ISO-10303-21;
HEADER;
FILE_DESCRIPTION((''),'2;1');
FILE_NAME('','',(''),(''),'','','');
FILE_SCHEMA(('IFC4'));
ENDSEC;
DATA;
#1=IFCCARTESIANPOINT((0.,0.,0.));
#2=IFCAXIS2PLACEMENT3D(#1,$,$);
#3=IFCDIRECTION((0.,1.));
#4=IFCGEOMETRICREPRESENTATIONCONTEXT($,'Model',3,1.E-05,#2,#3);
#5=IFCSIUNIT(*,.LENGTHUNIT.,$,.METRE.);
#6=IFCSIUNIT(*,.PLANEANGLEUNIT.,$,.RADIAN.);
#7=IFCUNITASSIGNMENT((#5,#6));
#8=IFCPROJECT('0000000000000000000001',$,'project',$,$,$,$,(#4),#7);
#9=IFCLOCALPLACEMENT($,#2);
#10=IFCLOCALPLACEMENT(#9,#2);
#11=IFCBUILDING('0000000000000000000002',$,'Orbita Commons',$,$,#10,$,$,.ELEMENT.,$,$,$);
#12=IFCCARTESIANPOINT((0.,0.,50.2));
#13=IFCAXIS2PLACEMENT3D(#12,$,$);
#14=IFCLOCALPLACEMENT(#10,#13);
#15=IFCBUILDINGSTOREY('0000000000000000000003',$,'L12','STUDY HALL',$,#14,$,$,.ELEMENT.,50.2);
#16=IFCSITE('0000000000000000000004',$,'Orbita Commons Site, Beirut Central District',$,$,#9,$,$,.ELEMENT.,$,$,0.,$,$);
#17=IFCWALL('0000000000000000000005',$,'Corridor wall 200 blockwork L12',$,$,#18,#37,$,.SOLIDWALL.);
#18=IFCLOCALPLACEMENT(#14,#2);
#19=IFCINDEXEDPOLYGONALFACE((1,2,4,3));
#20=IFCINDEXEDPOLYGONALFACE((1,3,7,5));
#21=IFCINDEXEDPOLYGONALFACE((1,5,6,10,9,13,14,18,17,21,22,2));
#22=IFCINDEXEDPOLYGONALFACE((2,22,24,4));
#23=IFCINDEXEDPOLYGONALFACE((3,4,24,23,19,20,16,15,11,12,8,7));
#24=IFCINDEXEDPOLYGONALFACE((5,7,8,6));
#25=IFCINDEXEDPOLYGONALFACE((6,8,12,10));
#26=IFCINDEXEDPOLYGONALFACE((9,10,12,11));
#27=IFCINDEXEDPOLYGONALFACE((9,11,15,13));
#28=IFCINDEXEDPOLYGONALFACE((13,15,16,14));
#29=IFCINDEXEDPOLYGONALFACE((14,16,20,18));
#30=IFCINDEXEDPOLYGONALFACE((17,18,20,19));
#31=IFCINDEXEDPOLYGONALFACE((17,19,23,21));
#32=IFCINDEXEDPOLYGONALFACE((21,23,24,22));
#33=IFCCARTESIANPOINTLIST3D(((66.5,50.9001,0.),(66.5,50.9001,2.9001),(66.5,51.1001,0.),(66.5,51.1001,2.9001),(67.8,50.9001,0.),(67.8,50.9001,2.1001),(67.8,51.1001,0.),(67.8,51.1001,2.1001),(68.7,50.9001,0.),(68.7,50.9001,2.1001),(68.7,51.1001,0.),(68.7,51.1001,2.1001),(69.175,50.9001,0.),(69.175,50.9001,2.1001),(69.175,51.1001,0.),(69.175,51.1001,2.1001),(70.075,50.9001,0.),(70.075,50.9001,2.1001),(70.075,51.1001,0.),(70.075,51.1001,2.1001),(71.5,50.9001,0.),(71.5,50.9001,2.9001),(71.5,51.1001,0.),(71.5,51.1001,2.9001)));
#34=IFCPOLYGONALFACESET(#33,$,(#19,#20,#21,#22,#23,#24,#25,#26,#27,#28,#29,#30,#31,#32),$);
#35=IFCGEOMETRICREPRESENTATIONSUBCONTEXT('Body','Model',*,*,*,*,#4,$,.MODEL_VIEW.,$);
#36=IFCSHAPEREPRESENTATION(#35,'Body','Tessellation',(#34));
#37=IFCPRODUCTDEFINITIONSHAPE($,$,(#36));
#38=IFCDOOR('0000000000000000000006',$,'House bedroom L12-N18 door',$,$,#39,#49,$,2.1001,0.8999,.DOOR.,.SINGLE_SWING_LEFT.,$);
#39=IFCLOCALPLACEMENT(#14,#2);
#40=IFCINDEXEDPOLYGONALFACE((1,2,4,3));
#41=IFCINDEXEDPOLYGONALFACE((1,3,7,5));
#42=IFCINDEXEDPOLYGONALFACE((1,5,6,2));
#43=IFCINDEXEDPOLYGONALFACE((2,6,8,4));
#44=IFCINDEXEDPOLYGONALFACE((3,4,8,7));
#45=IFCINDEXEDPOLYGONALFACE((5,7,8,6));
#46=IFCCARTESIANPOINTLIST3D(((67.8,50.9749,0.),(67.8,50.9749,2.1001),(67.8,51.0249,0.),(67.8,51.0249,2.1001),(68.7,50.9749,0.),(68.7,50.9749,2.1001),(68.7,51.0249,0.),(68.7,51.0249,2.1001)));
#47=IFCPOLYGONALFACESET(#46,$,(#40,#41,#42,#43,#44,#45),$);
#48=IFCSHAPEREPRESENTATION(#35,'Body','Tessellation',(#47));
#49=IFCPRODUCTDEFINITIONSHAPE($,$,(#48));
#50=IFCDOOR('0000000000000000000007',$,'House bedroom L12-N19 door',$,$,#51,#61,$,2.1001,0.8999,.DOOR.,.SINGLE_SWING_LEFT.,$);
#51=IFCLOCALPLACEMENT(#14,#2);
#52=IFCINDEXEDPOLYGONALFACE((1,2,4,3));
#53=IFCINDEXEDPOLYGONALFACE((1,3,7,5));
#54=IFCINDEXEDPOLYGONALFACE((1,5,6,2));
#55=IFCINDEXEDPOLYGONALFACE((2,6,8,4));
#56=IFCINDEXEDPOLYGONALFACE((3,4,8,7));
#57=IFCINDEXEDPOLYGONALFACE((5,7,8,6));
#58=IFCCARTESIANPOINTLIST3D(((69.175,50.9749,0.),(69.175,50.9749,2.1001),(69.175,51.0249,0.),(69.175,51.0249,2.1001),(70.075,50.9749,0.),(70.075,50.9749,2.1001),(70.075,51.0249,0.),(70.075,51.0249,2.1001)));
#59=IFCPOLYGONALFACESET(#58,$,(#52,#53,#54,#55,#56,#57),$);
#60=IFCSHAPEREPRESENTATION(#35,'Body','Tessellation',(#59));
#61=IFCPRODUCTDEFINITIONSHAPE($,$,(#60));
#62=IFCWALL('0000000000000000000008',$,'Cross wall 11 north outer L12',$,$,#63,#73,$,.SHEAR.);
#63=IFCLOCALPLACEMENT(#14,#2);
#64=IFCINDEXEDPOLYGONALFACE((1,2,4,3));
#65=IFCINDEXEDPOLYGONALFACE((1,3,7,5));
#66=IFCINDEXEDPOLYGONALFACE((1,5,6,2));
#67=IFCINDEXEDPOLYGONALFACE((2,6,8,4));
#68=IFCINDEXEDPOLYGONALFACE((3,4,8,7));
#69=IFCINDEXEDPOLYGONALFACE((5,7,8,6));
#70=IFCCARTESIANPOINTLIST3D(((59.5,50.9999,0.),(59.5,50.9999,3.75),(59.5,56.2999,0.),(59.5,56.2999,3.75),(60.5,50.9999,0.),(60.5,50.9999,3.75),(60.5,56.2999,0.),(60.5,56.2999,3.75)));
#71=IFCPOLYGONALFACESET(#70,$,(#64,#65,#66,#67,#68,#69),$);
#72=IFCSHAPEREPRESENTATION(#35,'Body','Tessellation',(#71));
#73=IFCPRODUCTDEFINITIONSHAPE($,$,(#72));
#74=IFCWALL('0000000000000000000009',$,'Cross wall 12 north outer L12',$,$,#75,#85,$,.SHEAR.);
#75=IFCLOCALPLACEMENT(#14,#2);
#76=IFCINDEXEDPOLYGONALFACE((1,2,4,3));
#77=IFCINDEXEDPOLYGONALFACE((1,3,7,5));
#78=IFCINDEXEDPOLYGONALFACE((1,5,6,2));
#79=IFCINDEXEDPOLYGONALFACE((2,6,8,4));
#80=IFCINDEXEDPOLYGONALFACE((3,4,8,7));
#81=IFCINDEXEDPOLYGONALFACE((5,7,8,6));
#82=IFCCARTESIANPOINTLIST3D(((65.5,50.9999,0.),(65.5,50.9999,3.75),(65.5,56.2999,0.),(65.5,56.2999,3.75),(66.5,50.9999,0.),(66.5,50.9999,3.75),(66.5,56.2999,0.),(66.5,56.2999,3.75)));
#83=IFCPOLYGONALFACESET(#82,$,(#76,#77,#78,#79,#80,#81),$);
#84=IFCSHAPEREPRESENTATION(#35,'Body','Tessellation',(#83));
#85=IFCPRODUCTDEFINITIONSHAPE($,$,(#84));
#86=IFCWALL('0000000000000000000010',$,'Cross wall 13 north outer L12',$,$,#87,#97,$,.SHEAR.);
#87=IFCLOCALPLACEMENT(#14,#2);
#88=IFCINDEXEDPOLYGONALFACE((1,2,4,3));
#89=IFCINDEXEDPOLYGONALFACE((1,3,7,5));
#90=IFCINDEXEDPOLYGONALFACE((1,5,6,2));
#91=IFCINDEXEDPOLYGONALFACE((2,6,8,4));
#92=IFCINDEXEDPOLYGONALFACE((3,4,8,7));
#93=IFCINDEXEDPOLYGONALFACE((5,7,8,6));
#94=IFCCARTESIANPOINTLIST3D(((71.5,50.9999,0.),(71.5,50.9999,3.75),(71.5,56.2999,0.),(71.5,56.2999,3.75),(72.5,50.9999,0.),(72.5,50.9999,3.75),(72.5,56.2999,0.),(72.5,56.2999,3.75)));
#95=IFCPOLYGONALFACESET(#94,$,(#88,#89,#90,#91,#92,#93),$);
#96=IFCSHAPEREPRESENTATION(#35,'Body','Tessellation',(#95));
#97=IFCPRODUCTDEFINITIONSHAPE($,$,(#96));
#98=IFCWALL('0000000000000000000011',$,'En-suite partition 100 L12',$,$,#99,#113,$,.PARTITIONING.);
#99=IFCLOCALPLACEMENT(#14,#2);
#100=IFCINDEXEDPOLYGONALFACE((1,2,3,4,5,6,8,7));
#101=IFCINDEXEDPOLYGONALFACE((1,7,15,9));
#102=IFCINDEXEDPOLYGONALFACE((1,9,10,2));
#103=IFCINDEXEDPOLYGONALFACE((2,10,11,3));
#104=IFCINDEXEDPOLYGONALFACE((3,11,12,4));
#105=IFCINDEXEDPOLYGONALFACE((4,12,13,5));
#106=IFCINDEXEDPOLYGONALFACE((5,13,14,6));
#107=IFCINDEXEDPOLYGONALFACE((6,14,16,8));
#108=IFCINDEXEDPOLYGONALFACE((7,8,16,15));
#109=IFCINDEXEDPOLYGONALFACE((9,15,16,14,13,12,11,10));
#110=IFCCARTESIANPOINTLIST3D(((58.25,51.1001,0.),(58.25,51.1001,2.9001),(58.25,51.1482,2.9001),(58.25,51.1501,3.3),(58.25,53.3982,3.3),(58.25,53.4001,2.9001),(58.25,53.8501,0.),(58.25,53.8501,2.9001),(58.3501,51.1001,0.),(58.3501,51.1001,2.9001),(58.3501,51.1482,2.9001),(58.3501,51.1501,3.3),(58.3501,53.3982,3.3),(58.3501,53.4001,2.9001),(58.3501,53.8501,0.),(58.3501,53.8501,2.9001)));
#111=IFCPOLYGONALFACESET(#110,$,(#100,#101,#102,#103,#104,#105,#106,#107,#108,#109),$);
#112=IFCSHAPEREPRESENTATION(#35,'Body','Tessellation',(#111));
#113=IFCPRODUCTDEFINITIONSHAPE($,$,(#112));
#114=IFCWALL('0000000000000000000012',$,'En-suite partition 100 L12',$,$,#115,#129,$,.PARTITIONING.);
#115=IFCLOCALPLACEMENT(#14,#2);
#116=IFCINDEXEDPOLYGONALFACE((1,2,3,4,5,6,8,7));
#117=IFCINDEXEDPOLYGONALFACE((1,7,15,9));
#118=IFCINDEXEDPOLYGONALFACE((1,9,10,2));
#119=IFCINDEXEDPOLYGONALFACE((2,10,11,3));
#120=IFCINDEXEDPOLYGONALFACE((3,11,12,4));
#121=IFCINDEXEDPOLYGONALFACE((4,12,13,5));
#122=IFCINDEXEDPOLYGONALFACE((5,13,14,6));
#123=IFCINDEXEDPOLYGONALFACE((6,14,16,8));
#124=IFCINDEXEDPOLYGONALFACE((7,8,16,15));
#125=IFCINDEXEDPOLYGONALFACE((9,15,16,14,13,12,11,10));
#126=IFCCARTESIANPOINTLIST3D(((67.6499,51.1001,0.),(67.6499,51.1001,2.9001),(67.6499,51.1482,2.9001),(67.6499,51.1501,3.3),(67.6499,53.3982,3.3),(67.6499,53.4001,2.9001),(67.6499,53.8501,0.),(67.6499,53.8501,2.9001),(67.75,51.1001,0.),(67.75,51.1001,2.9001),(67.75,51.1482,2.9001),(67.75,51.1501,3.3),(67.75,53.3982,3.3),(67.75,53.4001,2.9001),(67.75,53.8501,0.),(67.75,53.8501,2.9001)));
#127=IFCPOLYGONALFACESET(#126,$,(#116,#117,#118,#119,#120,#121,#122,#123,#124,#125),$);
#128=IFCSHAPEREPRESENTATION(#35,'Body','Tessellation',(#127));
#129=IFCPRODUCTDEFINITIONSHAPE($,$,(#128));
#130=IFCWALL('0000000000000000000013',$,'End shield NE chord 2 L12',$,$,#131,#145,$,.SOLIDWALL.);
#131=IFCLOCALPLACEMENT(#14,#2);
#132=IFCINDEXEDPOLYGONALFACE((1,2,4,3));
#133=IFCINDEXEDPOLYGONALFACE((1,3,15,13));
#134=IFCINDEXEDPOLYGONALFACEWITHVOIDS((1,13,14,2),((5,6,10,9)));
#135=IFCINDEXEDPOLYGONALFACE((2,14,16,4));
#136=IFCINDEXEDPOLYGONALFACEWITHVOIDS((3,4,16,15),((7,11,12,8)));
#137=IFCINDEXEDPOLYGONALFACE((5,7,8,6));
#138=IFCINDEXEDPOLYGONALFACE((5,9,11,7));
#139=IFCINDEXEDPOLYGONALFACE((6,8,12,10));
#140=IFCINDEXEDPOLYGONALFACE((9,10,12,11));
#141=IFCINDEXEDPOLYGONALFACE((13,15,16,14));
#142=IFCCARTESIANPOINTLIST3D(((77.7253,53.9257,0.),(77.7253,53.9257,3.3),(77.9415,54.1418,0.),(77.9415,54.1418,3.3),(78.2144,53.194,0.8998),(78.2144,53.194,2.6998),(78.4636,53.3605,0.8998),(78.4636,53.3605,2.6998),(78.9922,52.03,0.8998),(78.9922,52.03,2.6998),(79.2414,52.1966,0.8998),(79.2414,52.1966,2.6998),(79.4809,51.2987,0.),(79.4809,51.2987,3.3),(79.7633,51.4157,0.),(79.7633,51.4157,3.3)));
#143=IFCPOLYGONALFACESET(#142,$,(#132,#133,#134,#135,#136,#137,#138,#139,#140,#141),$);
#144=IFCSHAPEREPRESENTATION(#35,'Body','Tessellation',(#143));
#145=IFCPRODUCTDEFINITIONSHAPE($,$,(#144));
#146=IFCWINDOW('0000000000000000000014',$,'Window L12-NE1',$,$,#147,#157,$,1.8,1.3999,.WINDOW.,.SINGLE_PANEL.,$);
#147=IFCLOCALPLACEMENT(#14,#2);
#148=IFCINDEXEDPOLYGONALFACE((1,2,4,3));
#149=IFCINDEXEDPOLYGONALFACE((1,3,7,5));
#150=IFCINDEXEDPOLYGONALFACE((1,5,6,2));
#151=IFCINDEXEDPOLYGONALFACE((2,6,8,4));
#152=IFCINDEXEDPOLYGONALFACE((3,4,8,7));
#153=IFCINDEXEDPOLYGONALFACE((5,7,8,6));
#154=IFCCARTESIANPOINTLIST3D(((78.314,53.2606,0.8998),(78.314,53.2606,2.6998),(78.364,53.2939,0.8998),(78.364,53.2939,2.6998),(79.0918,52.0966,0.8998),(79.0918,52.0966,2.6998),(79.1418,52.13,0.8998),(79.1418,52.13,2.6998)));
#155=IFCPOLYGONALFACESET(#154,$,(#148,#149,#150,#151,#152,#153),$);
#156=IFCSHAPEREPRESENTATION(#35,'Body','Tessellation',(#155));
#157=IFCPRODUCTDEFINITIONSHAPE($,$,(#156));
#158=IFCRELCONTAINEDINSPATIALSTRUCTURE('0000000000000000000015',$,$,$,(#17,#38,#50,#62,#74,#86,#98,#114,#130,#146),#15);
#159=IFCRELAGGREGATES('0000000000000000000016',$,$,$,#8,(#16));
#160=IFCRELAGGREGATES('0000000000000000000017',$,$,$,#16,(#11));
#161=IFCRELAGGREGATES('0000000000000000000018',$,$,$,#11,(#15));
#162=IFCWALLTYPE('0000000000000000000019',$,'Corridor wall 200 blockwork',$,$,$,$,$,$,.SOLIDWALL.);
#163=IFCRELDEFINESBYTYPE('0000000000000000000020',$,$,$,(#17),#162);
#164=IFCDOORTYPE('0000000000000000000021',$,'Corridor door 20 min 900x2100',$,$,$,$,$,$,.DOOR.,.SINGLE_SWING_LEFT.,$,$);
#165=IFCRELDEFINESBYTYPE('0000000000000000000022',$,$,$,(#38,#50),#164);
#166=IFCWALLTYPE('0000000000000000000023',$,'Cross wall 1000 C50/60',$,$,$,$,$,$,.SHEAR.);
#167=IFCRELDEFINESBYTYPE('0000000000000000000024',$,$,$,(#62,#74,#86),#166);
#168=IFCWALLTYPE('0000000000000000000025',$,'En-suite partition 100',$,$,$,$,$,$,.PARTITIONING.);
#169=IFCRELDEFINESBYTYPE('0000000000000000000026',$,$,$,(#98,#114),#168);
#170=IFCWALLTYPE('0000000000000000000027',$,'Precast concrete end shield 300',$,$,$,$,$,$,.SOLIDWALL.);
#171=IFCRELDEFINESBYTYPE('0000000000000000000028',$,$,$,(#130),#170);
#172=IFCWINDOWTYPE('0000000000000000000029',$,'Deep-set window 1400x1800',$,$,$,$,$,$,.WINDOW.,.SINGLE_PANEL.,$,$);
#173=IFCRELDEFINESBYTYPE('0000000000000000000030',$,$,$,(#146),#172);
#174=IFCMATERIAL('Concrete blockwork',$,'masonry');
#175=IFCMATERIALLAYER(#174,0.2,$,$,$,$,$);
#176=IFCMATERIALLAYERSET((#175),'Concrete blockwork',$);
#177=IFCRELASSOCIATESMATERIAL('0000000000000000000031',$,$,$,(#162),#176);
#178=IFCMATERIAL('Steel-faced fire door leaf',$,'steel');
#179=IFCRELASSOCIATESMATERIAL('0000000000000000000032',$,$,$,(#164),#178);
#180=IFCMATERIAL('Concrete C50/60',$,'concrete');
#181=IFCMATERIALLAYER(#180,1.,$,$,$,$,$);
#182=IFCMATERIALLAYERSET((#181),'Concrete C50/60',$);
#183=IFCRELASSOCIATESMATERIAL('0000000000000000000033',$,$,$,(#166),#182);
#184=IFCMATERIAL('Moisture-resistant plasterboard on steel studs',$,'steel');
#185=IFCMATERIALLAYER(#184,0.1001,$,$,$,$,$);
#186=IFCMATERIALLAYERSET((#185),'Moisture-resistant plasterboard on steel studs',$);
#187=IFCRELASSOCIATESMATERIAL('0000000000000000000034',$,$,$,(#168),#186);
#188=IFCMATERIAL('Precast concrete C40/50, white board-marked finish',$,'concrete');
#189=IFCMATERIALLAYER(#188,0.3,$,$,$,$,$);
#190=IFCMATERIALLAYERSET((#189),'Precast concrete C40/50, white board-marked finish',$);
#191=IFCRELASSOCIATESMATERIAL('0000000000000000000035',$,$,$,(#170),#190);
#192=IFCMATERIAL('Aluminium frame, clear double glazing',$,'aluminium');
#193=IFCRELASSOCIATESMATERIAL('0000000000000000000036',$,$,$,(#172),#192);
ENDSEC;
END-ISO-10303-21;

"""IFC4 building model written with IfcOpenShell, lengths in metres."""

from ifc_helpers import new_model, si_unit, direction, frame, frame_2d, origin, place, context, subcontext, project, spatial, polyline, rectangle, outline, extrude, material, layer, layer_set, type_object, element, fill, save


model = new_model("IFC4")

# Units and contexts
model_context = context("Model", 3, precision=1e-05, world=origin(), true_north=direction((0.0, 1.0)))
body_context = subcontext(model_context, "Body", "Model", "MODEL_VIEW")
ifc_project = project(units=[si_unit("LENGTHUNIT", "METRE"), si_unit("PLANEANGLEUNIT", "RADIAN")], contexts=[model_context])

# Site, building, storey
site_placement = place(None, origin())
site = spatial("IfcSite", under=ifc_project, at=site_placement, Name="Orbita Commons Site, Beirut Central District", CompositionType="ELEMENT", RefElevation=0.0)
building_placement = place(site_placement, origin())
building = spatial("IfcBuilding", under=site, at=building_placement, Name="Orbita Commons", CompositionType="ELEMENT")
storey_placement = place(building_placement, frame((0.0, 0.0, 50.2)))
storey = spatial("IfcBuildingStorey", under=building, at=storey_placement, Name="L12", Description="STUDY HALL", CompositionType="ELEMENT", Elevation=50.2)

# Shared definitions
ifc_material_1 = material(Name="Concrete blockwork", Category="masonry")
ifc_layer_1 = layer(ifc_material_1, 0.2)
ifc_layer_set_1 = layer_set([ifc_layer_1], Name="Concrete blockwork")
wall_type_1 = type_object("IfcWallType", Name="Corridor wall 200 blockwork", PredefinedType="SOLIDWALL", material=ifc_layer_set_1)

# Wall, openings, doors
wall_1_placement = place(storey_placement, frame((66.5, 51.0, 0.0), z_axis=(0.0, 0.0, 1.0), x_axis=(1.0, 0.0, 0.0)))
wall_1 = element("IfcWall", 1, at=wall_1_placement, inside=storey, type_object=wall_type_1, Name="Corridor wall 200 blockwork L12", PredefinedType="SOLIDWALL", context=body_context, shape_type="SweptSolid", body=[
    extrude(outline(polyline([(0.0, 0.0), (5.0, 0.0), (5.0, 2.9001), (0.0, 2.9001), (0.0, 0.0)])), frame((0.0, 0.1001, 0.0), z_axis=(0.0, -1.0, 0.0), x_axis=(1.0, 0.0, 0.0)), (0.0, 0.0, 1.0), 0.2),
])
opening_1_placement = place(wall_1_placement, frame((1.3, 0.0, 0.0)))
opening_1 = element("IfcOpeningElement", 2, at=opening_1_placement, cuts=wall_1, PredefinedType="OPENING", context=body_context, shape_type="SweptSolid", body=[
    extrude(rectangle(XDim=0.8999, YDim=2.1001, at=frame_2d((0.45, 1.05))), frame((0.0, 0.1099, 0.0), z_axis=(0.0, -1.0, 0.0), x_axis=(1.0, 0.0, 0.0)), (0.0, 0.0, 1.0), 0.22),
])
opening_2_placement = place(wall_1_placement, frame((2.675, 0.0, 0.0)))
opening_2 = element("IfcOpeningElement", 3, at=opening_2_placement, cuts=wall_1, PredefinedType="OPENING", context=body_context, shape_type="SweptSolid", body=[
    extrude(rectangle(XDim=0.8999, YDim=2.1001, at=frame_2d((0.45, 1.05))), frame((0.0, 0.1099, 0.0), z_axis=(0.0, -1.0, 0.0), x_axis=(1.0, 0.0, 0.0)), (0.0, 0.0, 1.0), 0.22),
])
ifc_material_2 = material(Name="Steel-faced fire door leaf", Category="steel")
door_type_1 = type_object("IfcDoorType", Name="Corridor door 20 min 900x2100", OperationType="SINGLE_SWING_LEFT", PredefinedType="DOOR", material=ifc_material_2)
door_1_placement = place(opening_1_placement, origin())
door_1 = element("IfcDoor", 4, at=door_1_placement, inside=storey, type_object=door_type_1, Name="House bedroom L12-N18 door", OperationType="SINGLE_SWING_LEFT", OverallHeight=2.1001, OverallWidth=0.8999, PredefinedType="DOOR", context=body_context, shape_type="SweptSolid", body=[
    extrude(rectangle(XDim=0.8999, YDim=2.1001, at=frame_2d((0.45, 1.05))), frame((0.0, 0.0249, 0.0), z_axis=(0.0, -1.0, 0.0), x_axis=(1.0, 0.0, 0.0)), (0.0, 0.0, 1.0), 0.05),
])
fill(opening_1, door_1)
door_2_placement = place(opening_2_placement, origin())
door_2 = element("IfcDoor", 5, at=door_2_placement, inside=storey, type_object=door_type_1, Name="House bedroom L12-N19 door", OperationType="SINGLE_SWING_LEFT", OverallHeight=2.1001, OverallWidth=0.8999, PredefinedType="DOOR", context=body_context, shape_type="SweptSolid", body=[
    extrude(rectangle(XDim=0.8999, YDim=2.1001, at=frame_2d((0.45, 1.05))), frame((0.0, 0.0249, 0.0), z_axis=(0.0, -1.0, 0.0), x_axis=(1.0, 0.0, 0.0)), (0.0, 0.0, 1.0), 0.05),
])
fill(opening_2, door_2)

# Walls
ifc_material_3 = material(Name="Concrete C50/60", Category="concrete")
ifc_layer_2 = layer(ifc_material_3, 1.0)
ifc_layer_set_2 = layer_set([ifc_layer_2], Name="Concrete C50/60")
wall_type_2 = type_object("IfcWallType", Name="Cross wall 1000 C50/60", PredefinedType="SHEAR", material=ifc_layer_set_2)
for number, where, z_axis, x_axis, name in (
    (6, (60.0, 51.0, 0.0), (0.0, 0.0, 1.0), (0.0, 1.0, 0.0), "Cross wall 11 north outer L12"),
    (7, (66.0, 51.0, 0.0), (0.0, 0.0, 1.0), (0.0, 1.0, 0.0), "Cross wall 12 north outer L12"),
    (8, (72.0, 51.0, 0.0), (0.0, 0.0, 1.0), (0.0, 1.0, 0.0), "Cross wall 13 north outer L12"),
):
    element("IfcWall", number, at=place(storey_placement, frame(where, z_axis=z_axis, x_axis=x_axis)), inside=storey, type_object=wall_type_2, Name=name, PredefinedType="SHEAR", context=body_context, shape_type="SweptSolid", body=[
        extrude(rectangle(XDim=5.3, YDim=1.0, at=frame_2d((2.6499, 0.0))), origin(), (0.0, 0.0, 1.0), 3.75),
    ])
ifc_material_4 = material(Name="Moisture-resistant plasterboard on steel studs", Category="steel")
ifc_layer_3 = layer(ifc_material_4, 0.1001)
ifc_layer_set_3 = layer_set([ifc_layer_3], Name="Moisture-resistant plasterboard on steel studs")
wall_type_3 = type_object("IfcWallType", Name="En-suite partition 100", PredefinedType="PARTITIONING", material=ifc_layer_set_3)
for number, where, z_axis, x_axis, name in (
    (9, (58.3, 53.8501, 0.0), (0.0, 0.0, 1.0), (0.0, -1.0, 0.0), "En-suite partition 100 L12"),
    (10, (67.7, 53.8501, 0.0), (0.0, 0.0, 1.0), (0.0, -1.0, 0.0), "En-suite partition 100 L12"),
):
    element("IfcWall", number, at=place(storey_placement, frame(where, z_axis=z_axis, x_axis=x_axis)), inside=storey, type_object=wall_type_3, Name=name, PredefinedType="PARTITIONING", context=body_context, shape_type="SweptSolid", body=[
        extrude(outline(polyline([(0.0, 0.0), (2.75, 0.0), (2.75, 2.9001), (2.7019, 2.9001), (2.7, 3.3), (0.4519, 3.3), (0.45, 2.9001), (0.0, 2.9001), (0.0, 0.0)])), frame((0.0, 0.05, 0.0), z_axis=(0.0, -1.0, 0.0), x_axis=(1.0, 0.0, 0.0)), (0.0, 0.0, 1.0), 0.1001),
    ])

# Wall, opening, window
ifc_material_5 = material(Name="Precast concrete C40/50, white board-marked finish", Category="concrete")
ifc_layer_4 = layer(ifc_material_5, 0.3)
ifc_layer_set_4 = layer_set([ifc_layer_4], Name="Precast concrete C40/50, white board-marked finish")
wall_type_4 = type_object("IfcWallType", Name="Precast concrete end shield 300", PredefinedType="SOLIDWALL", material=ifc_layer_set_4)
wall_2_placement = place(storey_placement, frame((79.6221, 51.3572, 0.0), z_axis=(0.0, 0.0, 1.0), x_axis=(-0.55561, 0.831443, 0.0)))
wall_2 = element("IfcWall", 11, at=wall_2_placement, inside=storey, type_object=wall_type_4, Name="End shield NE chord 2 L12", PredefinedType="SOLIDWALL", context=body_context, shape_type="SweptSolid", body=[
    extrude(outline(polyline([(-0.0298, -0.1499), (3.249, -0.1499), (3.1895, 0.1499), (0.0298, 0.1499), (-0.0298, -0.1499)])), origin(), (0.0, 0.0, 1.0), 3.3),
])
opening_3_placement = place(wall_2_placement, frame((0.9094, 0.0, 0.8999)))
opening_3 = element("IfcOpeningElement", 12, at=opening_3_placement, cuts=wall_2, PredefinedType="OPENING", context=body_context, shape_type="SweptSolid", body=[
    extrude(rectangle(XDim=1.3999, YDim=1.8, at=frame_2d((0.7, 0.8999))), frame((0.0, 0.1599, 0.0), z_axis=(0.0, -1.0, 0.0), x_axis=(1.0, 0.0, 0.0)), (0.0, 0.0, 1.0), 0.3201),
])
ifc_material_6 = material(Name="Aluminium frame, clear double glazing", Category="aluminium")
window_type = type_object("IfcWindowType", Name="Deep-set window 1400x1800", PartitioningType="SINGLE_PANEL", PredefinedType="WINDOW", material=ifc_material_6)
window_placement = place(opening_3_placement, origin())
window = element("IfcWindow", 13, at=window_placement, inside=storey, type_object=window_type, Name="Window L12-NE1", OverallHeight=1.8, OverallWidth=1.3999, PartitioningType="SINGLE_PANEL", PredefinedType="WINDOW", context=body_context, shape_type="SweptSolid", body=[
    extrude(rectangle(XDim=1.3999, YDim=1.8, at=frame_2d((0.7, 0.8999))), frame((0.0, 0.03, 0.0), z_axis=(0.0, -1.0, 0.0), x_axis=(1.0, 0.0, 0.0)), (0.0, 0.0, 1.0), 0.0601),
])
fill(opening_3, window)

save(model, "model.ifc")
